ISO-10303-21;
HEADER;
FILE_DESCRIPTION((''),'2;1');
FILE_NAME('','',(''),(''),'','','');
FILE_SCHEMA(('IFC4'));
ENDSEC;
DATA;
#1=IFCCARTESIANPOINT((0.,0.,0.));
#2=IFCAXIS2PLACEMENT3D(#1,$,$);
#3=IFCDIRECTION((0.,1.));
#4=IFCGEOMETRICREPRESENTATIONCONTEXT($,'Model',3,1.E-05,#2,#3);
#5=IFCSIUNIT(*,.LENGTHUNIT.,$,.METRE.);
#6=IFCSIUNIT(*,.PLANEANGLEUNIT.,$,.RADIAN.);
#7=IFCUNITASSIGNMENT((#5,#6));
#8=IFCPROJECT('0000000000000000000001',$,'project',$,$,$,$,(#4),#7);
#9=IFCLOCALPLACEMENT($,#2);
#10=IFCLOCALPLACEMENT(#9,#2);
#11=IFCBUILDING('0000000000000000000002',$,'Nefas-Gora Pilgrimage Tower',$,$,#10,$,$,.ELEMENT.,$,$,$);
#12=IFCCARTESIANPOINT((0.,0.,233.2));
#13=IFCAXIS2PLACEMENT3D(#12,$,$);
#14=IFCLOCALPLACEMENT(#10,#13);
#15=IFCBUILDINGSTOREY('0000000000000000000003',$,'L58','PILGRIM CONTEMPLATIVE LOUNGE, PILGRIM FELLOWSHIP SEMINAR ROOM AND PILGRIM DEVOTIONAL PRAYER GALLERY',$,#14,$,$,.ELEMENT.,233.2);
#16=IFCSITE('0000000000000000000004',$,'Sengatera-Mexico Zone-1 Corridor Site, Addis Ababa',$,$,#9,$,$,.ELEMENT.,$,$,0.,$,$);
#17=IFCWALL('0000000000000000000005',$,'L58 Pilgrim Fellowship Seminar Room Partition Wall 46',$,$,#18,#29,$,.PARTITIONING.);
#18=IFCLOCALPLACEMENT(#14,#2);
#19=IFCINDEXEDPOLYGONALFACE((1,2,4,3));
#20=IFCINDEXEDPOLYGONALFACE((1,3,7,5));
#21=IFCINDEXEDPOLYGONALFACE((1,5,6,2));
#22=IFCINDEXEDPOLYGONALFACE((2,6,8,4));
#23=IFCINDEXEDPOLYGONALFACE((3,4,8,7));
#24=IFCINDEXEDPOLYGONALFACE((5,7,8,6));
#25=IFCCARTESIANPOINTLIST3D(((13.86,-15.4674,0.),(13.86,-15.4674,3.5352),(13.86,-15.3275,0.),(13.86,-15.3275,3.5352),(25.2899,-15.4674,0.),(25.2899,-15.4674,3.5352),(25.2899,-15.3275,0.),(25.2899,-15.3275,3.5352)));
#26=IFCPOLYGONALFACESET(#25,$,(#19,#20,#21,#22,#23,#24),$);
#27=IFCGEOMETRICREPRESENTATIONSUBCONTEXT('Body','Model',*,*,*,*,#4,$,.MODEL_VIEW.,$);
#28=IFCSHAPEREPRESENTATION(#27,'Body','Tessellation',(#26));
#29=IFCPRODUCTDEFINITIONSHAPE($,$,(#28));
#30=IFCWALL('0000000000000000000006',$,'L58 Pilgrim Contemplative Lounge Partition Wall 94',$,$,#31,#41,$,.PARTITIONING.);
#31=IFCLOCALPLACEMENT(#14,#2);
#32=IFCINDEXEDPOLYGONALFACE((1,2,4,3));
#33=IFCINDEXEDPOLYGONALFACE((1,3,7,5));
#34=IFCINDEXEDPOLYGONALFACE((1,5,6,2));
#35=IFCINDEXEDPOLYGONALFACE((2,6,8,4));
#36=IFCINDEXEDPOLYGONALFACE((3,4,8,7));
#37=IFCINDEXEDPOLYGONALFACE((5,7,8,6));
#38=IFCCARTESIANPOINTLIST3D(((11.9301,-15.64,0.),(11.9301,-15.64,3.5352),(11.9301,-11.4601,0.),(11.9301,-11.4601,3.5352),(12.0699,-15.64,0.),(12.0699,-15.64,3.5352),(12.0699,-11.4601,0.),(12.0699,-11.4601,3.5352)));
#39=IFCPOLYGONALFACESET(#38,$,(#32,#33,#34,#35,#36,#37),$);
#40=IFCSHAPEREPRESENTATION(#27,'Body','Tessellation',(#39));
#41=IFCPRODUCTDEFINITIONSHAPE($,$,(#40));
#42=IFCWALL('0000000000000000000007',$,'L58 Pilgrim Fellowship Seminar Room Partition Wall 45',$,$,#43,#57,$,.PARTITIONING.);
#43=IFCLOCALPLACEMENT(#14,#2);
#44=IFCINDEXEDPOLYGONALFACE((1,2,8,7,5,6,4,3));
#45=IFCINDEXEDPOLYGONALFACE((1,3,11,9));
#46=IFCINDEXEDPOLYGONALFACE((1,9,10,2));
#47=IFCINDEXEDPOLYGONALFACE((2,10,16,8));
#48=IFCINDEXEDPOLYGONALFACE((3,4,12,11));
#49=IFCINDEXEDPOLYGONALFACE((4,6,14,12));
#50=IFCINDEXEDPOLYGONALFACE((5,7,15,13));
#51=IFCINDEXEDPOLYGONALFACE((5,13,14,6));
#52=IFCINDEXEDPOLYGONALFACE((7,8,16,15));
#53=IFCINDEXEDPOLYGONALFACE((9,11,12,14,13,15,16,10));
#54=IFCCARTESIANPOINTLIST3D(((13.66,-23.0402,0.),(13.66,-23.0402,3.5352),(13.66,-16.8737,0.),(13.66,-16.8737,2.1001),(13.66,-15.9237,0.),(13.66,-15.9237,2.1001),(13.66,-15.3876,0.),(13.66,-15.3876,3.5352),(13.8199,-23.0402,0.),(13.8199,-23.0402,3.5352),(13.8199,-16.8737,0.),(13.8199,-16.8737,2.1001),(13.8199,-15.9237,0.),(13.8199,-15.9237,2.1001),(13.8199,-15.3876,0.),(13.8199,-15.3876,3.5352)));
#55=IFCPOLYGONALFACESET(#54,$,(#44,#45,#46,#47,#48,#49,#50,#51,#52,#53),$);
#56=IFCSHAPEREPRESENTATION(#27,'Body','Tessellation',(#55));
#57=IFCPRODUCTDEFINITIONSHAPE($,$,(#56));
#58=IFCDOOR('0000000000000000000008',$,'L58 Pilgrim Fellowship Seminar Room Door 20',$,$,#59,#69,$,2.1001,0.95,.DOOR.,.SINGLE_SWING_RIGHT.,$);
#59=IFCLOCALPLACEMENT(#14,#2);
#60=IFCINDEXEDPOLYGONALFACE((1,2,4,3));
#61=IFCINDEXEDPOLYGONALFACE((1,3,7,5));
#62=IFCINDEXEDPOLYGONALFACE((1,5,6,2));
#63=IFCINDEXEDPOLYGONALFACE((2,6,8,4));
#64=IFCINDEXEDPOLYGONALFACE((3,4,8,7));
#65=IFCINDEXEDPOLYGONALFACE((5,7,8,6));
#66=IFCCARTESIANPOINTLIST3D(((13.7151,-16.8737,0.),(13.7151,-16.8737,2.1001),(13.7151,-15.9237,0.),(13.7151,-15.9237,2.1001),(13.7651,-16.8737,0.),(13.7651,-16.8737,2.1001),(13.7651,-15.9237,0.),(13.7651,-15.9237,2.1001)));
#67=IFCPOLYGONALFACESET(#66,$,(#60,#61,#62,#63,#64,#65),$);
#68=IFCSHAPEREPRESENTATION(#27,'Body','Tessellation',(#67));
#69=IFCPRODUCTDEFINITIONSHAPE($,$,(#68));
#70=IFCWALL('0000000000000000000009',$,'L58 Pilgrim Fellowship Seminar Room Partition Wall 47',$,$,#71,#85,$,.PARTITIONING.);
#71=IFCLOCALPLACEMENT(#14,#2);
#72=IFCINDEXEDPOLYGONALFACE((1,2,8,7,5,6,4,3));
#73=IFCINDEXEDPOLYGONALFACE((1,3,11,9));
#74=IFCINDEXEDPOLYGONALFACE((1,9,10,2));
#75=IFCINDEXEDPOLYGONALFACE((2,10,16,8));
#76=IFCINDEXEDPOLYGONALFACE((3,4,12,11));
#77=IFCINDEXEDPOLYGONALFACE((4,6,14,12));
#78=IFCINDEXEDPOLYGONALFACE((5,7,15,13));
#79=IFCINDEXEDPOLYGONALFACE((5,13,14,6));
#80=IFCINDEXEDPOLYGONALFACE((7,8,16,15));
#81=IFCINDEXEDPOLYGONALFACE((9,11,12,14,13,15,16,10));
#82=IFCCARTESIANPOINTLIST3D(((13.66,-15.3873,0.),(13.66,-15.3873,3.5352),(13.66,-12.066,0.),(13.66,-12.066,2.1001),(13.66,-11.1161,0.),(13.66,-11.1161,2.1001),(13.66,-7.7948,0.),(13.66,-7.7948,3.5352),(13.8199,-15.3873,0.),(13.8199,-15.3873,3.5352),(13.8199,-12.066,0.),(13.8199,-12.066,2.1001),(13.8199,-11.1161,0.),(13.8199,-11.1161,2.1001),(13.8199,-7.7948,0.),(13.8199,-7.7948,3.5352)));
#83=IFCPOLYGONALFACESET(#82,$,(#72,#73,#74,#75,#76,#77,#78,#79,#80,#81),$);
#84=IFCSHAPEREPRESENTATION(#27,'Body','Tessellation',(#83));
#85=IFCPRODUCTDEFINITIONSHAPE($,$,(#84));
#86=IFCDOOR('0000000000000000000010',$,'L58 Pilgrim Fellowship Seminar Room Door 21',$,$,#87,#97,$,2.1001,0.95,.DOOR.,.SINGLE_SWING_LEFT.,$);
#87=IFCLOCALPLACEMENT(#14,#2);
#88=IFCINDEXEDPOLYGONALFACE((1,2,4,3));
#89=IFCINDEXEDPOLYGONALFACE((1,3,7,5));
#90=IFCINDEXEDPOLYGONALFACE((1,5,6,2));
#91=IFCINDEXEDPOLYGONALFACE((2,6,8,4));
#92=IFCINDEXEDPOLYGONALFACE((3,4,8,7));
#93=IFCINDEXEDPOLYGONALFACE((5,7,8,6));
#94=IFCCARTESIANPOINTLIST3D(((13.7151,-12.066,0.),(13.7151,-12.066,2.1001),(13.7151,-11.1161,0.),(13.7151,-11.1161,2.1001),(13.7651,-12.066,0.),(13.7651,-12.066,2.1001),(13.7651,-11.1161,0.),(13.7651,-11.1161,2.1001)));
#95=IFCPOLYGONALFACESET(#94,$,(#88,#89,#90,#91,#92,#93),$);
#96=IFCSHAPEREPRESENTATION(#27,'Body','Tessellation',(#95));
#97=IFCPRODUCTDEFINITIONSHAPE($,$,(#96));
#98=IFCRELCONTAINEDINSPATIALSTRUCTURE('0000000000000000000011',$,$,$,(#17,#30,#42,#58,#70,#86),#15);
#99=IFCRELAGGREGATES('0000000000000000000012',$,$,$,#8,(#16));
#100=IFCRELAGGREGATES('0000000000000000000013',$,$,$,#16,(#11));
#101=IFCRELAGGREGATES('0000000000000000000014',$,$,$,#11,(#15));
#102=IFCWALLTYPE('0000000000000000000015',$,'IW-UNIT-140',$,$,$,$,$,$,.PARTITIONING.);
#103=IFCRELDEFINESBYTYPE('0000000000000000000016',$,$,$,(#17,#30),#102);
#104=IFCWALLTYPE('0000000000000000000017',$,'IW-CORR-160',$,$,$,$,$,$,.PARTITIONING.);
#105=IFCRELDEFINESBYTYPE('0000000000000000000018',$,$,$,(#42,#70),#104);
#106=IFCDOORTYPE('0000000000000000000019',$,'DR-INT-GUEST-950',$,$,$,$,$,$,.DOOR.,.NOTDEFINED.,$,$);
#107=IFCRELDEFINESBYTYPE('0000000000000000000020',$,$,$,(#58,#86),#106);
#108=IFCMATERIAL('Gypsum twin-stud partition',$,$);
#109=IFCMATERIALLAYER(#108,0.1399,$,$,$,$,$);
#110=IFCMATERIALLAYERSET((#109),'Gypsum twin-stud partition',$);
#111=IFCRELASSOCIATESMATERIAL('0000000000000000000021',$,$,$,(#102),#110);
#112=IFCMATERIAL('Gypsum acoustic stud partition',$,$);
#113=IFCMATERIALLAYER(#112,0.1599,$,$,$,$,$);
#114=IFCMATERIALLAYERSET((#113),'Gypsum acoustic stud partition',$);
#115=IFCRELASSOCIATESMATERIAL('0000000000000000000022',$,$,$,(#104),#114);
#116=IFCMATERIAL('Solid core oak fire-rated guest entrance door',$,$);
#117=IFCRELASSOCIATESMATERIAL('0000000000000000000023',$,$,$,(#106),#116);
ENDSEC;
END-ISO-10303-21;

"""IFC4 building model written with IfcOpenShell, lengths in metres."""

from ifc_helpers import new_model, si_unit, direction, frame, frame_2d, origin, place, context, subcontext, project, spatial, rectangle, extrude, source, transform, mapped, material, layer, layer_set, type_object, element, fill, save


model = new_model("IFC4")

# Units and contexts
model_context = context("Model", 3, precision=1e-05, world=origin(), true_north=direction((0.0, 1.0)))
body_context = subcontext(model_context, "Body", "Model", "MODEL_VIEW")
ifc_project = project(units=[si_unit("LENGTHUNIT", "METRE"), si_unit("PLANEANGLEUNIT", "RADIAN")], contexts=[model_context])

# Site, building, storey
site_placement = place(None, origin())
site = spatial("IfcSite", under=ifc_project, at=site_placement, Name="Sengatera-Mexico Zone-1 Corridor Site, Addis Ababa", CompositionType="ELEMENT", RefElevation=0.0)
building_placement = place(site_placement, origin())
building = spatial("IfcBuilding", under=site, at=building_placement, Name="Nefas-Gora Pilgrimage Tower", CompositionType="ELEMENT")
storey_placement = place(building_placement, frame((0.0, 0.0, 233.2)))
storey = spatial("IfcBuildingStorey", under=building, at=storey_placement, Name="L58", Description="PILGRIM CONTEMPLATIVE LOUNGE, PILGRIM FELLOWSHIP SEMINAR ROOM AND PILGRIM DEVOTIONAL PRAYER GALLERY", CompositionType="ELEMENT", Elevation=233.2)

# Walls
ifc_material_1 = material(Name="Gypsum twin-stud partition")
ifc_layer_1 = layer(ifc_material_1, 0.1399)
ifc_layer_set_1 = layer_set([ifc_layer_1], Name="Gypsum twin-stud partition")
wall_type_1 = type_object("IfcWallType", Name="IW-UNIT-140", PredefinedType="PARTITIONING", material=ifc_layer_set_1)
shared_shape_1 = source(origin(), body_context, "Body", "SweptSolid", [
    extrude(rectangle(XDim=11.4299, YDim=0.1399, at=frame_2d((5.7148, 0.0))), origin(), (0.0, 0.0, 1.0), 3.5352),
])
wall_1_placement = place(storey_placement, frame((13.8601, -15.3975, 0.0), z_axis=(0.0, 0.0, 1.0), x_axis=(1.0, 0.0, 0.0)))
element("IfcWall", 1, at=wall_1_placement, inside=storey, type_object=wall_type_1, Name="L58 Pilgrim Fellowship Seminar Room Partition Wall 46", PredefinedType="PARTITIONING", context=body_context, shape_type="MappedRepresentation", body=[
    mapped(shared_shape_1, transform((0.0, 0.0, 0.0), x_axis=(1.0, 0.0, 0.0), y_axis=(0.0, 1.0, 0.0), z_axis=(0.0, 0.0, 1.0), scale=1.0)),
])
shared_shape_2 = source(origin(), body_context, "Body", "SweptSolid", [
    extrude(rectangle(XDim=4.1799, YDim=0.1399, at=frame_2d((2.0898, 0.0))), origin(), (0.0, 0.0, 1.0), 3.5352),
])
wall_2_placement = place(storey_placement, frame((12.0, -15.6399, 0.0), z_axis=(0.0, 0.0, 1.0), x_axis=(0.0, 1.0, 0.0)))
element("IfcWall", 2, at=wall_2_placement, inside=storey, type_object=wall_type_1, Name="L58 Pilgrim Contemplative Lounge Partition Wall 94", PredefinedType="PARTITIONING", context=body_context, shape_type="MappedRepresentation", body=[
    mapped(shared_shape_2, transform((0.0, 0.0, 0.0), x_axis=(1.0, 0.0, 0.0), y_axis=(0.0, 1.0, 0.0), z_axis=(0.0, 0.0, 1.0), scale=1.0)),
])

# Walls, openings, doors
ifc_material_2 = material(Name="Gypsum acoustic stud partition")
ifc_layer_2 = layer(ifc_material_2, 0.1599)
ifc_layer_set_2 = layer_set([ifc_layer_2], Name="Gypsum acoustic stud partition")
wall_type_2 = type_object("IfcWallType", Name="IW-CORR-160", PredefinedType="PARTITIONING", material=ifc_layer_set_2)
shared_shape_3 = source(origin(), body_context, "Body", "SweptSolid", [
    extrude(rectangle(XDim=7.6526, YDim=0.1599, at=frame_2d((3.8262, 0.0))), origin(), (0.0, 0.0, 1.0), 3.5352),
])
wall_3_placement = place(storey_placement, frame((13.74, -23.04, 0.0), z_axis=(0.0, 0.0, 1.0), x_axis=(0.0, 1.0, 0.0)))
wall_3 = element("IfcWall", 3, at=wall_3_placement, inside=storey, type_object=wall_type_2, Name="L58 Pilgrim Fellowship Seminar Room Partition Wall 45", PredefinedType="PARTITIONING", context=body_context, shape_type="MappedRepresentation", body=[
    mapped(shared_shape_3, transform((0.0, 0.0, 0.0), x_axis=(1.0, 0.0, 0.0), y_axis=(0.0, 1.0, 0.0), z_axis=(0.0, 0.0, 1.0), scale=1.0)),
])
opening_1_placement = place(wall_3_placement, frame((6.1663, 0.0, 0.0)))
opening_1 = element("IfcOpeningElement", 4, at=opening_1_placement, cuts=wall_3, PredefinedType="OPENING", context=body_context, shape_type="SweptSolid", body=[
    extrude(rectangle(XDim=0.95, YDim=2.1001, at=frame_2d((0.4751, 1.05))), frame((0.0, 0.0898, 0.0), z_axis=(0.0, -1.0, 0.0), x_axis=(1.0, 0.0, 0.0)), (0.0, 0.0, 1.0), 0.1799),
])
ifc_material_3 = material(Name="Solid core oak fire-rated guest entrance door")
door_type = type_object("IfcDoorType", Name="DR-INT-GUEST-950", OperationType="NOTDEFINED", PredefinedType="DOOR", material=ifc_material_3)
shared_shape_4 = source(origin(), body_context, "Body", "SweptSolid", [
    extrude(rectangle(XDim=0.95, YDim=2.1001, at=frame_2d((0.4751, 1.05))), frame((0.0, 0.0249, 0.0), z_axis=(0.0, -1.0, 0.0), x_axis=(1.0, 0.0, 0.0)), (0.0, 0.0, 1.0), 0.05),
])
door_1_placement = place(opening_1_placement, origin())
door_1 = element("IfcDoor", 5, at=door_1_placement, inside=storey, type_object=door_type, Name="L58 Pilgrim Fellowship Seminar Room Door 20", OperationType="SINGLE_SWING_RIGHT", OverallHeight=2.1001, OverallWidth=0.95, PredefinedType="DOOR", context=body_context, shape_type="MappedRepresentation", body=[
    mapped(shared_shape_4, transform((0.0, 0.0, 0.0), x_axis=(1.0, 0.0, 0.0), y_axis=(0.0, 1.0, 0.0), z_axis=(0.0, 0.0, 1.0), scale=1.0)),
])
fill(opening_1, door_1)
shared_shape_5 = source(origin(), body_context, "Body", "SweptSolid", [
    extrude(rectangle(XDim=7.5925, YDim=0.1599, at=frame_2d((3.7964, 0.0))), origin(), (0.0, 0.0, 1.0), 3.5352),
])
wall_4_placement = place(storey_placement, frame((13.74, -15.3875, 0.0), z_axis=(0.0, 0.0, 1.0), x_axis=(0.0, 1.0, 0.0)))
wall_4 = element("IfcWall", 6, at=wall_4_placement, inside=storey, type_object=wall_type_2, Name="L58 Pilgrim Fellowship Seminar Room Partition Wall 47", PredefinedType="PARTITIONING", context=body_context, shape_type="MappedRepresentation", body=[
    mapped(shared_shape_5, transform((0.0, 0.0, 0.0), x_axis=(1.0, 0.0, 0.0), y_axis=(0.0, 1.0, 0.0), z_axis=(0.0, 0.0, 1.0), scale=1.0)),
])
opening_2_placement = place(wall_4_placement, frame((3.3213, 0.0, 0.0)))
opening_2 = element("IfcOpeningElement", 7, at=opening_2_placement, cuts=wall_4, PredefinedType="OPENING", context=body_context, shape_type="SweptSolid", body=[
    extrude(rectangle(XDim=0.95, YDim=2.1001, at=frame_2d((0.4751, 1.05))), frame((0.0, 0.0898, 0.0), z_axis=(0.0, -1.0, 0.0), x_axis=(1.0, 0.0, 0.0)), (0.0, 0.0, 1.0), 0.1799),
])
door_2_placement = place(opening_2_placement, origin())
door_2 = element("IfcDoor", 8, at=door_2_placement, inside=storey, type_object=door_type, Name="L58 Pilgrim Fellowship Seminar Room Door 21", OperationType="SINGLE_SWING_LEFT", OverallHeight=2.1001, OverallWidth=0.95, PredefinedType="DOOR", context=body_context, shape_type="MappedRepresentation", body=[
    mapped(shared_shape_4, transform((0.0, 0.0, 0.0), x_axis=(1.0, 0.0, 0.0), y_axis=(0.0, 1.0, 0.0), z_axis=(0.0, 0.0, 1.0), scale=1.0)),
])
fill(opening_2, door_2)

save(model, "model.ifc")
